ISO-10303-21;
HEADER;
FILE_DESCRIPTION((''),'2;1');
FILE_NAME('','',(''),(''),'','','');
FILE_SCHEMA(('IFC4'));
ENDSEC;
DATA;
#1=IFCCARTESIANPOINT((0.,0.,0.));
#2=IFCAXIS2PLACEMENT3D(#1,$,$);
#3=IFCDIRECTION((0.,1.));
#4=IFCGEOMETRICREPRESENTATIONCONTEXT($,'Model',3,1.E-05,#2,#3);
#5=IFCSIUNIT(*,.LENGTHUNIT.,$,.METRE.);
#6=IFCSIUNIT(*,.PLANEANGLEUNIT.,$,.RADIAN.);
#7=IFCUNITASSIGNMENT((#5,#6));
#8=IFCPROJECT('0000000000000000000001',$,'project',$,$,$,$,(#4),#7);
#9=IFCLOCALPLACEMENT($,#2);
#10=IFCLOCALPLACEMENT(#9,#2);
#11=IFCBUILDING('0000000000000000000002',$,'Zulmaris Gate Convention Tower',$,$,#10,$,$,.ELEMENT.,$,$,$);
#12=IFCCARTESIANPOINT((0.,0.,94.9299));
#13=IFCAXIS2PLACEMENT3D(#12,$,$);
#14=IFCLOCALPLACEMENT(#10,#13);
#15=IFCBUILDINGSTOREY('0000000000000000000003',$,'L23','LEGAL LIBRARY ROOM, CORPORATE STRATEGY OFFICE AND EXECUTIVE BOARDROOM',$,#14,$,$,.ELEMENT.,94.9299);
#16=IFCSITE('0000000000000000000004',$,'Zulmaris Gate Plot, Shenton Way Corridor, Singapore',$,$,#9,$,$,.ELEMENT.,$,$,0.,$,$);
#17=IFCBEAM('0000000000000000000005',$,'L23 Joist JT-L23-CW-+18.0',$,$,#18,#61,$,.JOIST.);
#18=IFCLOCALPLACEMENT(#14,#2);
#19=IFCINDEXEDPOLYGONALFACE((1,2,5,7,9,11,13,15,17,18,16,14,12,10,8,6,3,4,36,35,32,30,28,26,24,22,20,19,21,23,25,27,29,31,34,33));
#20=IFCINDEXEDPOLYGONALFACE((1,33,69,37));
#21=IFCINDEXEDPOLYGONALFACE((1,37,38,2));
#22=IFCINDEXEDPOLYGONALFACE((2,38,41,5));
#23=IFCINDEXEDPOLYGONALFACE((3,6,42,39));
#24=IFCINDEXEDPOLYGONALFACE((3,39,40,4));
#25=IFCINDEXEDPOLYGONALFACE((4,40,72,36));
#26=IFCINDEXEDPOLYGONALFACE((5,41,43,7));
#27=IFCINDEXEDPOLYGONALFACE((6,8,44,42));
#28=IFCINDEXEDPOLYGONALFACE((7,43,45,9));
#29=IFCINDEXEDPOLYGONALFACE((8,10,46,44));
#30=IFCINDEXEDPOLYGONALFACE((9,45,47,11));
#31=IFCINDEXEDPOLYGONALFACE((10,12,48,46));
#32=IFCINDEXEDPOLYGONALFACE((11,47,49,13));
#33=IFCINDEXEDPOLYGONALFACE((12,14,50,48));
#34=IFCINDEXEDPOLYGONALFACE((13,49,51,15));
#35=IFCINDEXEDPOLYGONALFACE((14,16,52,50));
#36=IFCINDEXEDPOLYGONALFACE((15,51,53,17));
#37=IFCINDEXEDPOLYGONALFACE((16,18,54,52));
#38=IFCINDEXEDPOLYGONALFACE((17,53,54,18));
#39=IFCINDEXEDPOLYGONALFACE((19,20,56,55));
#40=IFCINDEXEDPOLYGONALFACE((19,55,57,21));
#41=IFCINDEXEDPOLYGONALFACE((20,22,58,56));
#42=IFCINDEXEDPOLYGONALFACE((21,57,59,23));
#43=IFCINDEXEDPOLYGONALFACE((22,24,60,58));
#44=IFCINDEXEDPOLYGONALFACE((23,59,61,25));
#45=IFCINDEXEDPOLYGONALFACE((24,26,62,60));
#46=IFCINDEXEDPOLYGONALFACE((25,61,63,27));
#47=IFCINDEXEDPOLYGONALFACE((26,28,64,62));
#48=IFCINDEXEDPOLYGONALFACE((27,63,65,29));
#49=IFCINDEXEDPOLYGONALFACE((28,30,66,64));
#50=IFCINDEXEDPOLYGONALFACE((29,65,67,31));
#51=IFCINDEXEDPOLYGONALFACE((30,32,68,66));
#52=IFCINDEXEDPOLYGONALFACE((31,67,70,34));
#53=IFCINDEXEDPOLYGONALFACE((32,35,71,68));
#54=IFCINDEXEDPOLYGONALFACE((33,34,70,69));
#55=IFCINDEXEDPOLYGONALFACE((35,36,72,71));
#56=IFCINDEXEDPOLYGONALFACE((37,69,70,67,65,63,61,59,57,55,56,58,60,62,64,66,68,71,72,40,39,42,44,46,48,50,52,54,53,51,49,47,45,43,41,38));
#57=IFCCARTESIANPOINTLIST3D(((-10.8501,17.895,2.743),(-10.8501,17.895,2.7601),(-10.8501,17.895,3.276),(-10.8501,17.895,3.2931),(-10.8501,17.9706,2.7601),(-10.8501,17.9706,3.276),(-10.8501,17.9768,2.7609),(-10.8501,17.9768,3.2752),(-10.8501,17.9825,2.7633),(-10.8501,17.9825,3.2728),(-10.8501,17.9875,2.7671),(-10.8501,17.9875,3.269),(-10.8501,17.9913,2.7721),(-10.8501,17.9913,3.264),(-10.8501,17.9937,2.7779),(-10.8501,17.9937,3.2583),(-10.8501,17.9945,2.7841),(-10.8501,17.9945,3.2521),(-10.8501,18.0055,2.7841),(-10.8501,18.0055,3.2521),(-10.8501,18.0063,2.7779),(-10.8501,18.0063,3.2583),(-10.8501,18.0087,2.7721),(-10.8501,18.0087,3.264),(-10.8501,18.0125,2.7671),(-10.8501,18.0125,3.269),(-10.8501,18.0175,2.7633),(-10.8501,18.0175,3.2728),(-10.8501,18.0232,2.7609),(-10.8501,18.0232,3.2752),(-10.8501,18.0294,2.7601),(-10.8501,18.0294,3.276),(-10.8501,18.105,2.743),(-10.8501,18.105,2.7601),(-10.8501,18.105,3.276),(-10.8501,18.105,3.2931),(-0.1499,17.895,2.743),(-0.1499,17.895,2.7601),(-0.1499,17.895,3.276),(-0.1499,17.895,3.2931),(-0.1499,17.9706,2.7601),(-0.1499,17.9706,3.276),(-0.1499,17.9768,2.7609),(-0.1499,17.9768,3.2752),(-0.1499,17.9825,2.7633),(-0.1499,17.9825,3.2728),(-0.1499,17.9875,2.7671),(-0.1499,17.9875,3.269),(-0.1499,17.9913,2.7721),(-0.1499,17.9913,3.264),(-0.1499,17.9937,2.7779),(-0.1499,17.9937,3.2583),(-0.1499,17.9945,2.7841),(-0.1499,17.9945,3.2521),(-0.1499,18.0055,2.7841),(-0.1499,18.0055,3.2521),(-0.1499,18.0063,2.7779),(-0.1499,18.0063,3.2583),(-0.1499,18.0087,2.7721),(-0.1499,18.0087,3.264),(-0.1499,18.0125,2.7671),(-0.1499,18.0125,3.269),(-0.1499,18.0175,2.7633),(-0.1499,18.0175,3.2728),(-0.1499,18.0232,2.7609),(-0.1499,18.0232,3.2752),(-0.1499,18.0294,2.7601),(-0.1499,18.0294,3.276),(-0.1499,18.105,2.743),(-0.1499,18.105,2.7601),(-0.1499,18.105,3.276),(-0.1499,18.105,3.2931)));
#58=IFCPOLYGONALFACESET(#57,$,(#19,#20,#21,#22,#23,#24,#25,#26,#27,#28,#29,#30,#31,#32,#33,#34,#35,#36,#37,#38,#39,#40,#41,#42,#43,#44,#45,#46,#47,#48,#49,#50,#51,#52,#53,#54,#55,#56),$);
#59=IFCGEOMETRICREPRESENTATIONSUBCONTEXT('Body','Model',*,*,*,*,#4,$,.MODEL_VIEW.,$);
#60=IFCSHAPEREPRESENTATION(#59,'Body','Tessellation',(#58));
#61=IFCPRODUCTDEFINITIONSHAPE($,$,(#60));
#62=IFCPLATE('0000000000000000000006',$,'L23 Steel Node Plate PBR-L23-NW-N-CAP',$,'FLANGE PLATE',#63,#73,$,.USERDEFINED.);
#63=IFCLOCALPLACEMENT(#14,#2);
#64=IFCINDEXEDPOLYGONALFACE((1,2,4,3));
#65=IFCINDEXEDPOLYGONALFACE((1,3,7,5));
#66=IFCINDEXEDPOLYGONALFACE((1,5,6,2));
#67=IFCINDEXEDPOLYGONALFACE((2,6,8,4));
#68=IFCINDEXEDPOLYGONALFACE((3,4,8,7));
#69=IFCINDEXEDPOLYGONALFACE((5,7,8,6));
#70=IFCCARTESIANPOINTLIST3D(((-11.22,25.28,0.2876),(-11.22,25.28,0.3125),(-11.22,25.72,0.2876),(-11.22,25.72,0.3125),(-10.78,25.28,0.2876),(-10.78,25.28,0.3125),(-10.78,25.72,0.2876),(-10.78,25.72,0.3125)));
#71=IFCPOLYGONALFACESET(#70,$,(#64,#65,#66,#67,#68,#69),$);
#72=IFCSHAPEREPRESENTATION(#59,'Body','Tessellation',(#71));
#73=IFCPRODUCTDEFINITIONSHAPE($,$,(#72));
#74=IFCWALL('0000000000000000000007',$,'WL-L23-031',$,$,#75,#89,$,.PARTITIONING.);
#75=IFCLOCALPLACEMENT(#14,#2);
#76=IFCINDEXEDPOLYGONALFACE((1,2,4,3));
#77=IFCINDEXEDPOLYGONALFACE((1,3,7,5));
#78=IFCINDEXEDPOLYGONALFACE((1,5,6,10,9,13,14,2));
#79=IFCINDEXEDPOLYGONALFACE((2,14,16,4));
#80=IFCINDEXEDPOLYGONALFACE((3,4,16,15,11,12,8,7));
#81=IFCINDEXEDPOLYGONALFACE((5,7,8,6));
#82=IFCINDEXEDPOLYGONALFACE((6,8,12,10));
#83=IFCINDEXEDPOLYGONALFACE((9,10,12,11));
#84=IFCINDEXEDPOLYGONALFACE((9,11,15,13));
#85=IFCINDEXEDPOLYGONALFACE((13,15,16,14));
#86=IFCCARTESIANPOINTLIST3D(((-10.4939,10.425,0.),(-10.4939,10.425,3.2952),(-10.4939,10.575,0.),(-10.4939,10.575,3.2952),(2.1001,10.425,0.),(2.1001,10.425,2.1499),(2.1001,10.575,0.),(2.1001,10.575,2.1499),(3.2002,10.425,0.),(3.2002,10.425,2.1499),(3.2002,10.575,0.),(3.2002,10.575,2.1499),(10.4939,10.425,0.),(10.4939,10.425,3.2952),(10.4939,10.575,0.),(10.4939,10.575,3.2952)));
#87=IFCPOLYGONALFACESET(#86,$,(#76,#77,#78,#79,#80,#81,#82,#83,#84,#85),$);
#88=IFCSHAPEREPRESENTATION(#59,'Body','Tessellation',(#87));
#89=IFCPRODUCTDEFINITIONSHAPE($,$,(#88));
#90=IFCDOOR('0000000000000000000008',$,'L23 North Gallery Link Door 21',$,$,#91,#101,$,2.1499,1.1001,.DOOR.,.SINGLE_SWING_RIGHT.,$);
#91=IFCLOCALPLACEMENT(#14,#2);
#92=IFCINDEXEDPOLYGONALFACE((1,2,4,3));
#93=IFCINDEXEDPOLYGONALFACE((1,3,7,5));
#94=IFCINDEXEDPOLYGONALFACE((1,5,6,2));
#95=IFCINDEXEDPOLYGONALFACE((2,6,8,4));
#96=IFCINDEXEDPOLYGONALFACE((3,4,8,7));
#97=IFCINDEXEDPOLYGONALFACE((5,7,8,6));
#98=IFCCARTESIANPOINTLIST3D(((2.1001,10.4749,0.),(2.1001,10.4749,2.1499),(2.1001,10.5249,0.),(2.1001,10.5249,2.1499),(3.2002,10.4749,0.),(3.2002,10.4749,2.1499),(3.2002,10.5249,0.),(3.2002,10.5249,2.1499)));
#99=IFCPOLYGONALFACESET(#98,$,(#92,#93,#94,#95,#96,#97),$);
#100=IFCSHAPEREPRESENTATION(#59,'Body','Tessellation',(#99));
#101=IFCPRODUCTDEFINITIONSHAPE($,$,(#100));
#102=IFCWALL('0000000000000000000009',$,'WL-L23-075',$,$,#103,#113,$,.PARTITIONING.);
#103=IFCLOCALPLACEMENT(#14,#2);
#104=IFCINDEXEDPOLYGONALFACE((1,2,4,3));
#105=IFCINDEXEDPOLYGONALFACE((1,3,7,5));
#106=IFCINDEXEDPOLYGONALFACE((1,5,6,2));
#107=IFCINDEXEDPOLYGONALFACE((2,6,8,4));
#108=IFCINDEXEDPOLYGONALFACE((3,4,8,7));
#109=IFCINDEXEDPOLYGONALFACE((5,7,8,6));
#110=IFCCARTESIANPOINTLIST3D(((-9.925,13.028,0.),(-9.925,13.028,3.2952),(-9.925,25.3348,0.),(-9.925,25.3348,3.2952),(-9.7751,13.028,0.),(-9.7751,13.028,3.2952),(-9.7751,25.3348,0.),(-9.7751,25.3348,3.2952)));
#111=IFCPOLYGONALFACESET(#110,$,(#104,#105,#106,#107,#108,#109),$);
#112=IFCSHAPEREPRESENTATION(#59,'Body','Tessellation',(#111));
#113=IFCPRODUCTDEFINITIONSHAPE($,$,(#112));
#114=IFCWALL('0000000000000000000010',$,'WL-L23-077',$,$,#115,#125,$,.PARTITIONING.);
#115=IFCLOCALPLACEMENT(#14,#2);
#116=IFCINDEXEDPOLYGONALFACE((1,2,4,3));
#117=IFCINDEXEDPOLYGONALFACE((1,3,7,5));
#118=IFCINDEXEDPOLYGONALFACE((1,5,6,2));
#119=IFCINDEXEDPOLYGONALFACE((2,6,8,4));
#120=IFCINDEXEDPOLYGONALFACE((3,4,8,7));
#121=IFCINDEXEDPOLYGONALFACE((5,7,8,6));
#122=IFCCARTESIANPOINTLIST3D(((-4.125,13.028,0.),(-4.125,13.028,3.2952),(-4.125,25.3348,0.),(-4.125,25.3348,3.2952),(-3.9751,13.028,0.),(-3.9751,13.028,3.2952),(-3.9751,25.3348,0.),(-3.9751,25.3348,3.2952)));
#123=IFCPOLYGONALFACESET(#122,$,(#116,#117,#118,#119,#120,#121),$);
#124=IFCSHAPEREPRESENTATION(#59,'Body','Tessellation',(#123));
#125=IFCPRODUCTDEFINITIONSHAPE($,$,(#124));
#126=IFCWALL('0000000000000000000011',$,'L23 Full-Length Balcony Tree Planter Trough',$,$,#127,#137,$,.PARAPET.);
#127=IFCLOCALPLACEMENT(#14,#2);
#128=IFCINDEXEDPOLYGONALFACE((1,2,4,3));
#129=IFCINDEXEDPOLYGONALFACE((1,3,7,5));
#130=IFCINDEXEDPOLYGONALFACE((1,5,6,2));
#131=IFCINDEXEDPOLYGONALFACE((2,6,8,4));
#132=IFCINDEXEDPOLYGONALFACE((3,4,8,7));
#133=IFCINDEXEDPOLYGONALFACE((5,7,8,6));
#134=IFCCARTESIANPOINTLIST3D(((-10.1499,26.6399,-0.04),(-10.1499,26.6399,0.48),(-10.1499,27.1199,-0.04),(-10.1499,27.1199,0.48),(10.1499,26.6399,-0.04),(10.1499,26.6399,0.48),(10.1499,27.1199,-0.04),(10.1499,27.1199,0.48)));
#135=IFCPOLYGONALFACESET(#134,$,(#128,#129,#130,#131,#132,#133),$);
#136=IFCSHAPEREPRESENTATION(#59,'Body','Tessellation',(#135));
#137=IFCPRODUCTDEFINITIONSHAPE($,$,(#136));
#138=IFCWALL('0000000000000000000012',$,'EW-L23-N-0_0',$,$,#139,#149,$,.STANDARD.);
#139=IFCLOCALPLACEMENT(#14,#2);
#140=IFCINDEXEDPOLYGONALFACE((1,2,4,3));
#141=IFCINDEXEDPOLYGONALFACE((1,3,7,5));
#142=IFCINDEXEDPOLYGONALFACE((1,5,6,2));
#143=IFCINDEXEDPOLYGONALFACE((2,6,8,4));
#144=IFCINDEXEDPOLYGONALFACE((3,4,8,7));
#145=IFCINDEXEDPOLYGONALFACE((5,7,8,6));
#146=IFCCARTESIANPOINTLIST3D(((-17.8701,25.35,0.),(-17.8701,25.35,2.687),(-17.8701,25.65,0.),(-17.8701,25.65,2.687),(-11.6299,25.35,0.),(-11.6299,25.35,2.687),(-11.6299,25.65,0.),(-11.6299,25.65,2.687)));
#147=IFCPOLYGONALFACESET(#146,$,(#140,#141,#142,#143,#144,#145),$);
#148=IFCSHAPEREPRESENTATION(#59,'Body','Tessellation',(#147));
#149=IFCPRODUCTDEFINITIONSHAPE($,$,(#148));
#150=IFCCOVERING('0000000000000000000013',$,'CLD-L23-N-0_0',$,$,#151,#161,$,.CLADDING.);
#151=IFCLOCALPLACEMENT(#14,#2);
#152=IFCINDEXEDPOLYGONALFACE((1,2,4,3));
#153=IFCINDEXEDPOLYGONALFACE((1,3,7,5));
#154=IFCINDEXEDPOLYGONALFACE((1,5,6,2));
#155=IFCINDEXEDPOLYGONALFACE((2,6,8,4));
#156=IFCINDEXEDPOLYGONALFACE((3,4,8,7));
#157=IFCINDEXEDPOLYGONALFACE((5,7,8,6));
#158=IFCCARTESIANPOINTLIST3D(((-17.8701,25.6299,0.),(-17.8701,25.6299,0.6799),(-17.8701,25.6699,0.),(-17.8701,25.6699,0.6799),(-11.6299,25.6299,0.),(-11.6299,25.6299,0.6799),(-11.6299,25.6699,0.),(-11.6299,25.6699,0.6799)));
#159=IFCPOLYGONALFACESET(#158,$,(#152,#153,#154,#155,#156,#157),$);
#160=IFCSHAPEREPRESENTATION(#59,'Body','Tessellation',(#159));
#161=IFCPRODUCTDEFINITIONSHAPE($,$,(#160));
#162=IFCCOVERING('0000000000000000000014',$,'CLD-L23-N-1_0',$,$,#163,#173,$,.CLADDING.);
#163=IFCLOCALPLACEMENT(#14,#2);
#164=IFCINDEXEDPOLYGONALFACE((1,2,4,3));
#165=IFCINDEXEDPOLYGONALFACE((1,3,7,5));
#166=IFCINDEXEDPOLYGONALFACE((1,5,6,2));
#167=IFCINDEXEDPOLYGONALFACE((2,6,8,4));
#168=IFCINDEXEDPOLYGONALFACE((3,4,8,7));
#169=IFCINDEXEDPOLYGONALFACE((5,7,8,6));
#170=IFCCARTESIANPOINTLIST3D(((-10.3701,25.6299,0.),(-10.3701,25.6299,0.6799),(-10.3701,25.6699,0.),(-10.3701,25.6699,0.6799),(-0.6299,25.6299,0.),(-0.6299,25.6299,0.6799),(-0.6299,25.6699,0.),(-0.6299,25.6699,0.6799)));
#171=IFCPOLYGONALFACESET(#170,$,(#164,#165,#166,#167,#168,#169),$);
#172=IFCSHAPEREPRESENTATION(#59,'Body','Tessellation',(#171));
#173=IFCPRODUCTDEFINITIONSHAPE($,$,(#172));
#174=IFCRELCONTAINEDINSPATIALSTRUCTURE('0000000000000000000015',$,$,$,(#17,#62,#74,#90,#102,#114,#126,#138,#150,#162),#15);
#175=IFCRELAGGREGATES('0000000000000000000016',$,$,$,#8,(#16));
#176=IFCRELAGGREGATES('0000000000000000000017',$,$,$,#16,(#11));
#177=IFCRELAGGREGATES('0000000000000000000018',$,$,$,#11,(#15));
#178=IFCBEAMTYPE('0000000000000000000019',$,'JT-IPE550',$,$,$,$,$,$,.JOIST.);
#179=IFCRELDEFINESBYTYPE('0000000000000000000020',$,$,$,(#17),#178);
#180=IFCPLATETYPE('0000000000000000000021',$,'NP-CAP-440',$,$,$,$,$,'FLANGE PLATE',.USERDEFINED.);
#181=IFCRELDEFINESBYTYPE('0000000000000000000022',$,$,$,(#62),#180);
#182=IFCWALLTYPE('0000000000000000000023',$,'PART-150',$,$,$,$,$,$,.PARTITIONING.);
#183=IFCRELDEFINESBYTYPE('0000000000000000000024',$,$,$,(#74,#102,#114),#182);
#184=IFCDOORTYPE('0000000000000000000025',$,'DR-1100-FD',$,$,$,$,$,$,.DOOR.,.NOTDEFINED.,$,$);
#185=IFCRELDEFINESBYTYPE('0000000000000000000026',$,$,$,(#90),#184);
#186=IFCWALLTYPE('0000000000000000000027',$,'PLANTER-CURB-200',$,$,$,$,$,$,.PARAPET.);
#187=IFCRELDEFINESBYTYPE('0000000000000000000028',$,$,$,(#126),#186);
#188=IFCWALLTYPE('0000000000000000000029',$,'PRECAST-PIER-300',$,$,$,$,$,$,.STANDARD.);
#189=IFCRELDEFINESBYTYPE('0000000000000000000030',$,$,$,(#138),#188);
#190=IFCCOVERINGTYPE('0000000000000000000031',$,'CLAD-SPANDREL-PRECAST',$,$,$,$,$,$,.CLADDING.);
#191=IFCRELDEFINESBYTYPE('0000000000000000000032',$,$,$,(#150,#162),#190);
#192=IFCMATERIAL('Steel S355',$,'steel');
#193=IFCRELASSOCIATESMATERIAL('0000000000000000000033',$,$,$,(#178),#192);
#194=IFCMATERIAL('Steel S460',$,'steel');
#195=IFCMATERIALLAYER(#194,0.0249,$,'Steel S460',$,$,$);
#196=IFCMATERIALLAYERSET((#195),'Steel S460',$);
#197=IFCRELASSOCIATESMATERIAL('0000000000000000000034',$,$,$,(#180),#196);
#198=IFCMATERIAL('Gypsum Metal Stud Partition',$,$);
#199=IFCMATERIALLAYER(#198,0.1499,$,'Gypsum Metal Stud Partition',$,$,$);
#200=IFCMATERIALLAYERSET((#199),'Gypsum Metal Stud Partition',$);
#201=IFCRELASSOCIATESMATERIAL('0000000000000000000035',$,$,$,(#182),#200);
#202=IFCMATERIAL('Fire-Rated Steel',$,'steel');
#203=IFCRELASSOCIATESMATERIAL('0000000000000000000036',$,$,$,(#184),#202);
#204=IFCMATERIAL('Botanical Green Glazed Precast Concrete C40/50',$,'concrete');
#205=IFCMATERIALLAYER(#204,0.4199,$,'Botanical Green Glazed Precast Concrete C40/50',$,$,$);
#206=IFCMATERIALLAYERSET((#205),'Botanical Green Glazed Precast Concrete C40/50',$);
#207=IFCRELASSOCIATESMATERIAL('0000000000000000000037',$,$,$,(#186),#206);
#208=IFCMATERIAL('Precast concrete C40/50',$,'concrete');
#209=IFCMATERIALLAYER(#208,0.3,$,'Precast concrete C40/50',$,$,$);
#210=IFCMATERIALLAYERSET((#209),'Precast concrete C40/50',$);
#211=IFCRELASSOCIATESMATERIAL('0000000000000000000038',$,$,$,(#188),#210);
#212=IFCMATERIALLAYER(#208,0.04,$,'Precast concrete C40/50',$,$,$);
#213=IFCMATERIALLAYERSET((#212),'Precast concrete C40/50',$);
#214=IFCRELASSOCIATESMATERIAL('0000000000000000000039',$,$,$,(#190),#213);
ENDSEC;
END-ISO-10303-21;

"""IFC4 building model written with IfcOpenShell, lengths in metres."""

from ifc_helpers import new_model, si_unit, direction, frame, frame_2d, origin, origin_2d, place, context, subcontext, project, spatial, rectangle, i_section, extrude, material, layer, layer_set, material_profile, profile_set, type_object, element, fill, save


model = new_model("IFC4")

# Units and contexts
model_context = context("Model", 3, precision=1e-05, world=origin(), true_north=direction((0.0, 1.0)))
body_context = subcontext(model_context, "Body", "Model", "MODEL_VIEW")
ifc_project = project(units=[si_unit("LENGTHUNIT", "METRE"), si_unit("PLANEANGLEUNIT", "RADIAN")], contexts=[model_context])

# Site, building, storey
site_placement = place(None, origin())
site = spatial("IfcSite", under=ifc_project, at=site_placement, Name="Zulmaris Gate Plot, Shenton Way Corridor, Singapore", CompositionType="ELEMENT", RefElevation=0.0)
building_placement = place(site_placement, origin())
building = spatial("IfcBuilding", under=site, at=building_placement, Name="Zulmaris Gate Convention Tower", CompositionType="ELEMENT")
storey_placement = place(building_placement, frame((0.0, 0.0, 94.9299)))
storey = spatial("IfcBuildingStorey", under=building, at=storey_placement, Name="L23", Description="LEGAL LIBRARY ROOM, CORPORATE STRATEGY OFFICE AND EXECUTIVE BOARDROOM", CompositionType="ELEMENT", Elevation=94.9299)

# Shared definitions
ifc_material_1 = material(Name="Steel S355", Category="steel")

# Shared definitions
ifc_material_2 = material(Name="Steel S460", Category="steel")

# Beam
ifc_material_profile_1 = material_profile(ifc_material_1, i_section(OverallWidth=0.21, OverallDepth=0.55, WebThickness=0.011, FlangeThickness=0.0171, FilletRadius=0.0239, at=origin_2d()), Name="IPE 550")
ifc_profile_set_1 = profile_set([ifc_material_profile_1], Name="Steel S355")
beam_type_1 = type_object("IfcBeamType", Name="JT-IPE550", PredefinedType="JOIST", material=ifc_profile_set_1)
for number, where, z_axis, x_axis, name in (
    (1, (-10.8501, 18.0, 3.0181), (1.0, 0.0, 0.0), (0.0, 1.0, 0.0), "L23 Joist JT-L23-CW-+18.0"),
):
    element("IfcBeam", number, at=place(storey_placement, frame(where, z_axis=z_axis, x_axis=x_axis)), inside=storey, type_object=beam_type_1, Name=name, PredefinedType="JOIST", context=body_context, shape_type="SweptSolid", body=[
        extrude(i_section(OverallWidth=0.21, OverallDepth=0.55, WebThickness=0.011, FlangeThickness=0.0171, FilletRadius=0.0239, at=origin_2d()), origin(), (0.0, 0.0, 1.0), 10.7002),
    ])

# Plate
ifc_layer_1 = layer(ifc_material_2, 0.0249, Name="Steel S460")
ifc_layer_set_1 = layer_set([ifc_layer_1], Name="Steel S460")
plate_type = type_object("IfcPlateType", Name="NP-CAP-440", ElementType="FLANGE PLATE", PredefinedType="USERDEFINED", material=ifc_layer_set_1)
plate_placement = place(storey_placement, frame((-11.0, 25.5, 0.2876), z_axis=(0.0, 0.0, 1.0), x_axis=(1.0, 0.0, 0.0)))
element("IfcPlate", 2, at=plate_placement, inside=storey, type_object=plate_type, Name="L23 Steel Node Plate PBR-L23-NW-N-CAP", ObjectType="FLANGE PLATE", PredefinedType="USERDEFINED", context=body_context, shape_type="SweptSolid", body=[
    extrude(rectangle(XDim=0.4399, YDim=0.4399, at=origin_2d()), origin(), (0.0, 0.0, 1.0), 0.0249),
])

# Wall, opening, door
ifc_material_3 = material(Name="Gypsum Metal Stud Partition")
ifc_layer_2 = layer(ifc_material_3, 0.1499, Name="Gypsum Metal Stud Partition")
ifc_layer_set_2 = layer_set([ifc_layer_2], Name="Gypsum Metal Stud Partition")
wall_type_1 = type_object("IfcWallType", Name="PART-150", PredefinedType="PARTITIONING", material=ifc_layer_set_2)
wall_1_placement = place(storey_placement, frame((-10.4939, 10.5, 0.0), z_axis=(0.0, 0.0, 1.0), x_axis=(1.0, 0.0, 0.0)))
wall_1 = element("IfcWall", 3, at=wall_1_placement, inside=storey, type_object=wall_type_1, Name="WL-L23-031", PredefinedType="PARTITIONING", context=body_context, shape_type="SweptSolid", body=[
    extrude(rectangle(XDim=20.9878, YDim=0.1499, at=frame_2d((10.4939, 0.0))), origin(), (0.0, 0.0, 1.0), 3.2952),
])
opening_1_placement = place(wall_1_placement, frame((12.594, 0.0, 0.0)))
opening_1 = element("IfcOpeningElement", 4, at=opening_1_placement, cuts=wall_1, PredefinedType="OPENING", context=body_context, shape_type="SweptSolid", body=[
    extrude(rectangle(XDim=1.1001, YDim=2.1499, at=frame_2d((0.55, 1.075))), frame((0.0, 0.085, 0.0), z_axis=(0.0, -1.0, 0.0), x_axis=(1.0, 0.0, 0.0)), (0.0, 0.0, 1.0), 0.1699),
])
ifc_material_4 = material(Name="Fire-Rated Steel", Category="steel")
door_type_1 = type_object("IfcDoorType", Name="DR-1100-FD", OperationType="NOTDEFINED", PredefinedType="DOOR", material=ifc_material_4)
door_1_placement = place(opening_1_placement, origin())
door_1 = element("IfcDoor", 5, at=door_1_placement, inside=storey, type_object=door_type_1, Name="L23 North Gallery Link Door 21", OperationType="SINGLE_SWING_RIGHT", OverallHeight=2.1499, OverallWidth=1.1001, PredefinedType="DOOR", context=body_context, shape_type="SweptSolid", body=[
    extrude(rectangle(XDim=1.1001, YDim=2.1499, at=frame_2d((0.55, 1.075))), frame((0.0, 0.0249, 0.0), z_axis=(0.0, -1.0, 0.0), x_axis=(1.0, 0.0, 0.0)), (0.0, 0.0, 1.0), 0.05),
])
fill(opening_1, door_1)

# Walls
for number, where, z_axis, x_axis, name in (
    (6, (-9.8501, 13.0281, 0.0), (0.0, 0.0, 1.0), (0.0, 1.0, 0.0), "WL-L23-075"),
    (7, (-4.05, 13.0281, 0.0), (0.0, 0.0, 1.0), (0.0, 1.0, 0.0), "WL-L23-077"),
):
    element("IfcWall", number, at=place(storey_placement, frame(where, z_axis=z_axis, x_axis=x_axis)), inside=storey, type_object=wall_type_1, Name=name, PredefinedType="PARTITIONING", context=body_context, shape_type="SweptSolid", body=[
        extrude(rectangle(XDim=12.3069, YDim=0.1499, at=frame_2d((6.1533, 0.0))), origin(), (0.0, 0.0, 1.0), 3.2952),
    ])
ifc_material_5 = material(Name="Botanical Green Glazed Precast Concrete C40/50", Category="concrete")
ifc_layer_3 = layer(ifc_material_5, 0.4199, Name="Botanical Green Glazed Precast Concrete C40/50")
ifc_layer_set_3 = layer_set([ifc_layer_3], Name="Botanical Green Glazed Precast Concrete C40/50")
wall_type_2 = type_object("IfcWallType", Name="PLANTER-CURB-200", PredefinedType="PARAPET", material=ifc_layer_set_3)
wall_2_placement = place(storey_placement, frame((-10.1499, 26.8799, -0.04), z_axis=(0.0, 0.0, 1.0), x_axis=(1.0, 0.0, 0.0)))
element("IfcWall", 8, at=wall_2_placement, inside=storey, type_object=wall_type_2, Name="L23 Full-Length Balcony Tree Planter Trough", PredefinedType="PARAPET", context=body_context, shape_type="SweptSolid", body=[
    extrude(rectangle(XDim=20.2998, YDim=0.48, at=frame_2d((10.1499, 0.0))), origin(), (0.0, 0.0, 1.0), 0.52),
])
ifc_material_6 = material(Name="Precast concrete C40/50", Category="concrete")
ifc_layer_4 = layer(ifc_material_6, 0.3, Name="Precast concrete C40/50")
ifc_layer_set_4 = layer_set([ifc_layer_4], Name="Precast concrete C40/50")
wall_type_3 = type_object("IfcWallType", Name="PRECAST-PIER-300", PredefinedType="STANDARD", material=ifc_layer_set_4)
wall_3_placement = place(storey_placement, frame((-11.6299, 25.5, 0.0), z_axis=(0.0, 0.0, 1.0), x_axis=(-1.0, 0.0, 0.0)))
element("IfcWall", 9, at=wall_3_placement, inside=storey, type_object=wall_type_3, Name="EW-L23-N-0_0", PredefinedType="STANDARD", context=body_context, shape_type="SweptSolid", body=[
    extrude(rectangle(XDim=6.2402, YDim=0.3, at=frame_2d((3.1201, 0.0))), origin(), (0.0, 0.0, 1.0), 2.687),
])

# Coverings
ifc_layer_5 = layer(ifc_material_6, 0.04, Name="Precast concrete C40/50")
ifc_layer_set_5 = layer_set([ifc_layer_5], Name="Precast concrete C40/50")
covering_type = type_object("IfcCoveringType", Name="CLAD-SPANDREL-PRECAST", PredefinedType="CLADDING", material=ifc_layer_set_5)
covering_1_placement = place(storey_placement, frame((-11.6299, 25.6499, 0.0), z_axis=(0.0, 0.0, 1.0), x_axis=(-1.0, 0.0, 0.0)))
element("IfcCovering", 10, at=covering_1_placement, inside=storey, type_object=covering_type, Name="CLD-L23-N-0_0", PredefinedType="CLADDING", context=body_context, shape_type="SweptSolid", body=[
    extrude(rectangle(XDim=6.2402, YDim=0.04, at=frame_2d((3.1201, 0.0))), origin(), (0.0, 0.0, 1.0), 0.6799),
])
covering_2_placement = place(storey_placement, frame((-0.6299, 25.6499, 0.0), z_axis=(0.0, 0.0, 1.0), x_axis=(-1.0, 0.0, 0.0)))
element("IfcCovering", 11, at=covering_2_placement, inside=storey, type_object=covering_type, Name="CLD-L23-N-1_0", PredefinedType="CLADDING", context=body_context, shape_type="SweptSolid", body=[
    extrude(rectangle(XDim=9.7402, YDim=0.04, at=frame_2d((4.8701, 0.0))), origin(), (0.0, 0.0, 1.0), 0.6799),
])

save(model, "model.ifc")
